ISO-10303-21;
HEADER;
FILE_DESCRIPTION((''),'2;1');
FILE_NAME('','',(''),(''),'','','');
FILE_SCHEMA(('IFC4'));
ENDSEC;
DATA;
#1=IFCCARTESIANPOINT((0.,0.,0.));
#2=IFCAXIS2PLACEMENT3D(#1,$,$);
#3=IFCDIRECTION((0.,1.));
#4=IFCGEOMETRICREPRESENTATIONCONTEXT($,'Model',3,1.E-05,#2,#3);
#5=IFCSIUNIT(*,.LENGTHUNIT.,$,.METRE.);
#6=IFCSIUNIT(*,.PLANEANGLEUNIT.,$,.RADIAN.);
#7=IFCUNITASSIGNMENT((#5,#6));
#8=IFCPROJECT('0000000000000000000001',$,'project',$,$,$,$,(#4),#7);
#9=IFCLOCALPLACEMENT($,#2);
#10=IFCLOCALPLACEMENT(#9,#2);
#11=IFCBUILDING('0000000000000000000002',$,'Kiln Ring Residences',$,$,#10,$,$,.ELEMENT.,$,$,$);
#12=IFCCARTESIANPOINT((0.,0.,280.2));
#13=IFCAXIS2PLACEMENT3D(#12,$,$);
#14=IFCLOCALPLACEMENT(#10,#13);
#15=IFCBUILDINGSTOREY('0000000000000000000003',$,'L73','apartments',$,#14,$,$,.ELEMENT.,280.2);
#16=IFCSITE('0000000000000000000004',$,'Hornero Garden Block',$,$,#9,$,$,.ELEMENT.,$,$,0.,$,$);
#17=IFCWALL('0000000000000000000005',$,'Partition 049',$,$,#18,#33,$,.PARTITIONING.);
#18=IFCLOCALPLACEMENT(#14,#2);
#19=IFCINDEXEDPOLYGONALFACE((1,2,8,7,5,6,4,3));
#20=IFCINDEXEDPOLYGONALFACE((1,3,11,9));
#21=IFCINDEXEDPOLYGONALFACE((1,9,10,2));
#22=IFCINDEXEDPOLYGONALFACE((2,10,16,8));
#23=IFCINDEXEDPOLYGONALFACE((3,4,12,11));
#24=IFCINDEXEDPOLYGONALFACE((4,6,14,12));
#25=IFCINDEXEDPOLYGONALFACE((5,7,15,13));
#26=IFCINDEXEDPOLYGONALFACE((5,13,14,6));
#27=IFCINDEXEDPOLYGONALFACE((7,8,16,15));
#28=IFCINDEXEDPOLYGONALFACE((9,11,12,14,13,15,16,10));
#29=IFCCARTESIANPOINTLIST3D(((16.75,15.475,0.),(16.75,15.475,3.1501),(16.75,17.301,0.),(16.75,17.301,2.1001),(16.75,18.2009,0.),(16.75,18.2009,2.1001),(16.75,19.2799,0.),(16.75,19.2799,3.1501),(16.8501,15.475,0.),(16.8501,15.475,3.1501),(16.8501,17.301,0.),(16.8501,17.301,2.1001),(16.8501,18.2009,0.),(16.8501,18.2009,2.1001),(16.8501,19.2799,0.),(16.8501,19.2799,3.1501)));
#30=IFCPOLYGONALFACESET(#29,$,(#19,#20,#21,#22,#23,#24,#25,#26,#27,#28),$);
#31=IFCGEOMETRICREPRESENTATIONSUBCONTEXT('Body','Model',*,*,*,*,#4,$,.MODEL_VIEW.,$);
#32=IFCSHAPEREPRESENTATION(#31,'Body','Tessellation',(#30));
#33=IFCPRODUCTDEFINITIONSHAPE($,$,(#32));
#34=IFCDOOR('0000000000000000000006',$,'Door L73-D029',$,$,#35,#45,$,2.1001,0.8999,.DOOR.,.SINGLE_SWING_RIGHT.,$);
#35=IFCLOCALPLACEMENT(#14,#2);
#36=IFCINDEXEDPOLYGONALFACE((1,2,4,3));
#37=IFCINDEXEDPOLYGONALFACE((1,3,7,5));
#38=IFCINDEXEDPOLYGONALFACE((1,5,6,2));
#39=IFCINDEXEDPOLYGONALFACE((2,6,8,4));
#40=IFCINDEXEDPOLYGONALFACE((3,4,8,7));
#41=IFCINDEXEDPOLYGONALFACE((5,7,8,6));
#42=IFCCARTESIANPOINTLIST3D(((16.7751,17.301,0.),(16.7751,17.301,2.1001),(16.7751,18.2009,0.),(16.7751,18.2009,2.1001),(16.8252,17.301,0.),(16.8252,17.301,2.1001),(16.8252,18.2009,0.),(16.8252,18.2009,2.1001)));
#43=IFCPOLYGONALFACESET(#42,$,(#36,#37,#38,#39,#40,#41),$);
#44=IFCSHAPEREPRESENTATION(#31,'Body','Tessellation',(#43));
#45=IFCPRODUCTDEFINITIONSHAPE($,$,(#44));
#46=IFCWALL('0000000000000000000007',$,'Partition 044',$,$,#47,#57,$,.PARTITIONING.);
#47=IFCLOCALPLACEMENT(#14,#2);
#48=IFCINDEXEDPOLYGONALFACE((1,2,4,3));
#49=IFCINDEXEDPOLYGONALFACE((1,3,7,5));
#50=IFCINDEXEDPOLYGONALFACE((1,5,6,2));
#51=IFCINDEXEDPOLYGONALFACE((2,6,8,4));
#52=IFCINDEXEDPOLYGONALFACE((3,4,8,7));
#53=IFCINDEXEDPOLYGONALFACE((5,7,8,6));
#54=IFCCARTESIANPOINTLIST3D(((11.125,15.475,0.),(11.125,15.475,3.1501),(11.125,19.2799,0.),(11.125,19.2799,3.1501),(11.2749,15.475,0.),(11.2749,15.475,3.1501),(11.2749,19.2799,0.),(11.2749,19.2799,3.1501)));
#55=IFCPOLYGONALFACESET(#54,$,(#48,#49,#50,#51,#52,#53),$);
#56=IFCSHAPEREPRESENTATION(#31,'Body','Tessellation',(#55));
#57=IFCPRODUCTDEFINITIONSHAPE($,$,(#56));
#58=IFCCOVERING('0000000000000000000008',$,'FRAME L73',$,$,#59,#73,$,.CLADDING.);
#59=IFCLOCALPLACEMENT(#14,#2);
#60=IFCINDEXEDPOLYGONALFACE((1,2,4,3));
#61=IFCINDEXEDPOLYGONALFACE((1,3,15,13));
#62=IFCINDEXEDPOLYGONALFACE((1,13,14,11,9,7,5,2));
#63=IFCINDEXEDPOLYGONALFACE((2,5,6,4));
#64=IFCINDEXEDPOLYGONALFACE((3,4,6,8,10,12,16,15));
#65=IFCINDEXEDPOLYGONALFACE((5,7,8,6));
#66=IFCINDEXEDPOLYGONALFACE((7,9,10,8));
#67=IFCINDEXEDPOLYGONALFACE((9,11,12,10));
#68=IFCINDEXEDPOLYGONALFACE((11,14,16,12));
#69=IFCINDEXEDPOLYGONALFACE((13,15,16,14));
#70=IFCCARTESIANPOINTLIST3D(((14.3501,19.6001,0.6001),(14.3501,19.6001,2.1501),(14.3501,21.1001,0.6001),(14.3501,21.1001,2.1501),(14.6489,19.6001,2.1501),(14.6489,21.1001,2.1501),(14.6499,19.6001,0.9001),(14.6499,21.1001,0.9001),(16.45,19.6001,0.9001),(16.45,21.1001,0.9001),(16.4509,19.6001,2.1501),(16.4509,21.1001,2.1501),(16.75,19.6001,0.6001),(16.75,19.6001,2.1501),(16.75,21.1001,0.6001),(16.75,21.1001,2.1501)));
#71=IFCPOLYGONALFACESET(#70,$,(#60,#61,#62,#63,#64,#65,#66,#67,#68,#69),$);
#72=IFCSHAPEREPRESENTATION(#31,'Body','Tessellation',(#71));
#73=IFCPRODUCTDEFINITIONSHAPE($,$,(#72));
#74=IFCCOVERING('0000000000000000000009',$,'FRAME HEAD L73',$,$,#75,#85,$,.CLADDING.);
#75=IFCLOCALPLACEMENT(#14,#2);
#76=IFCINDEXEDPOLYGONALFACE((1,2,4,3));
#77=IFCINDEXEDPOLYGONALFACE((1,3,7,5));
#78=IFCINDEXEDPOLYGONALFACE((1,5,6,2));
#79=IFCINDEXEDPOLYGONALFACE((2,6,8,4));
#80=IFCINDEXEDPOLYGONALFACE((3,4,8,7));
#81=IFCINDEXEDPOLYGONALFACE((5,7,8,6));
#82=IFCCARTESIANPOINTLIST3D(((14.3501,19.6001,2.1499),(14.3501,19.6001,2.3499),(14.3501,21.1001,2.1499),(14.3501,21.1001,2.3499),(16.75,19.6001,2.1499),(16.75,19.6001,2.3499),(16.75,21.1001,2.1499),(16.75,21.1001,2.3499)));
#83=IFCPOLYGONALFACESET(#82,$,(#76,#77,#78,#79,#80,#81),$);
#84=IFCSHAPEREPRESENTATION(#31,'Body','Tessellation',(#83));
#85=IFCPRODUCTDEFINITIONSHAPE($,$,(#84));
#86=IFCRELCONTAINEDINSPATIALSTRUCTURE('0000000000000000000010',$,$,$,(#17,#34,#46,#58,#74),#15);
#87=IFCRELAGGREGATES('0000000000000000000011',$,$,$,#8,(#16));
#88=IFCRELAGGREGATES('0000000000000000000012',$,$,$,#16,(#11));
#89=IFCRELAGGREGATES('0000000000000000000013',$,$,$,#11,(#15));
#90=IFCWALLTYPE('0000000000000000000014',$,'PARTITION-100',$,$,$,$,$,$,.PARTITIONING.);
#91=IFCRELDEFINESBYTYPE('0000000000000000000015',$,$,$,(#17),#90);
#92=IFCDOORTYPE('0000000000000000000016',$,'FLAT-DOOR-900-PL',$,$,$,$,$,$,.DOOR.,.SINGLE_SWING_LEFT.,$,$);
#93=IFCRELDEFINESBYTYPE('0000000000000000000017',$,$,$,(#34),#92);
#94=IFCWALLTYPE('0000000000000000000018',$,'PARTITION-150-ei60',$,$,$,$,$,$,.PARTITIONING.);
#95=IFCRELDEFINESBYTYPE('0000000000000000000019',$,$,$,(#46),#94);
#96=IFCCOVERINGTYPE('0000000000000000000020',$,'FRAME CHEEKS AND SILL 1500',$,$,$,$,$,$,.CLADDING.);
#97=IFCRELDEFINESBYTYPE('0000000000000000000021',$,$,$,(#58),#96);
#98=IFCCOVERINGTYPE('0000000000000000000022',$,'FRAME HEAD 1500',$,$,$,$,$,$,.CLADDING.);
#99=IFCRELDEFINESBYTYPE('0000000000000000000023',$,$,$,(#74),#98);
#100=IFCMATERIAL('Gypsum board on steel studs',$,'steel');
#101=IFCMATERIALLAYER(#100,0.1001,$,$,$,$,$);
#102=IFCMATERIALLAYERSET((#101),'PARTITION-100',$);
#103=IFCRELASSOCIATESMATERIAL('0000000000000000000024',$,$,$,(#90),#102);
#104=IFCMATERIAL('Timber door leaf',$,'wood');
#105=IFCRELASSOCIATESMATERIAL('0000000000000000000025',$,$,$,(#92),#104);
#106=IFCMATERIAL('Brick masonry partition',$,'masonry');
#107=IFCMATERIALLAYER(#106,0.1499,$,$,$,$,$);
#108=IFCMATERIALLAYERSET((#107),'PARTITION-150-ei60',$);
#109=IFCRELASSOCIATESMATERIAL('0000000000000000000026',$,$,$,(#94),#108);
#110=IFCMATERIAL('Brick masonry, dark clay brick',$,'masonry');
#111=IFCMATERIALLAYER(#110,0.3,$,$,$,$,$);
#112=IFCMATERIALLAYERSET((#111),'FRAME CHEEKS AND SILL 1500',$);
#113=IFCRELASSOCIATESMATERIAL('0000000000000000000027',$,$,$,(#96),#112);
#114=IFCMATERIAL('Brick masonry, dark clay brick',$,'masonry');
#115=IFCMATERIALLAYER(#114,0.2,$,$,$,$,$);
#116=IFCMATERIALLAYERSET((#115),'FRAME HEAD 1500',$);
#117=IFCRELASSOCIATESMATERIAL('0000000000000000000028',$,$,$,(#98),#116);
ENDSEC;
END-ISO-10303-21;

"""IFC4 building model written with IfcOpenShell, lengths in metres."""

from ifc_helpers import new_model, si_unit, direction, frame, frame_2d, origin, origin_2d, place, context, subcontext, project, spatial, polyline, rectangle, outline, extrude, material, layer, layer_set, type_object, element, fill, save


model = new_model("IFC4")

# Units and contexts
model_context = context("Model", 3, precision=1e-05, world=origin(), true_north=direction((0.0, 1.0)))
body_context = subcontext(model_context, "Body", "Model", "MODEL_VIEW")
ifc_project = project(units=[si_unit("LENGTHUNIT", "METRE"), si_unit("PLANEANGLEUNIT", "RADIAN")], contexts=[model_context])

# Site, building, storey
site_placement = place(None, origin())
site = spatial("IfcSite", under=ifc_project, at=site_placement, Name="Hornero Garden Block", CompositionType="ELEMENT", RefElevation=0.0)
building_placement = place(site_placement, origin())
building = spatial("IfcBuilding", under=site, at=building_placement, Name="Kiln Ring Residences", CompositionType="ELEMENT")
storey_placement = place(building_placement, frame((0.0, 0.0, 280.2)))
storey = spatial("IfcBuildingStorey", under=building, at=storey_placement, Name="L73", Description="apartments", CompositionType="ELEMENT", Elevation=280.2)

# Wall, opening, door
ifc_material_1 = material(Name="Gypsum board on steel studs", Category="steel")
ifc_layer_1 = layer(ifc_material_1, 0.1001)
ifc_layer_set_1 = layer_set([ifc_layer_1], Name="PARTITION-100")
wall_type_1 = type_object("IfcWallType", Name="PARTITION-100", PredefinedType="PARTITIONING", material=ifc_layer_set_1)
wall_1_placement = place(storey_placement, frame((16.8, 15.4751, 0.0), z_axis=(0.0, 0.0, 1.0), x_axis=(0.0, 1.0, 0.0)))
wall_1 = element("IfcWall", 1, at=wall_1_placement, inside=storey, type_object=wall_type_1, Name="Partition 049", PredefinedType="PARTITIONING", context=body_context, shape_type="SweptSolid", body=[
    extrude(rectangle(XDim=3.8049, YDim=0.1001, at=frame_2d((1.9023, 0.0))), origin(), (0.0, 0.0, 1.0), 3.1501),
])
opening_1_placement = place(wall_1_placement, frame((1.8259, 0.0, 0.0)))
opening_1 = element("IfcOpeningElement", 2, at=opening_1_placement, cuts=wall_1, PredefinedType="OPENING", context=body_context, shape_type="SweptSolid", body=[
    extrude(rectangle(XDim=0.8999, YDim=2.1001, at=frame_2d((0.45, 1.05))), frame((0.0, 0.0601, 0.0), z_axis=(0.0, -1.0, 0.0), x_axis=(1.0, 0.0, 0.0)), (0.0, 0.0, 1.0), 0.1201),
])
ifc_material_2 = material(Name="Timber door leaf", Category="wood")
door_type_1 = type_object("IfcDoorType", Name="FLAT-DOOR-900-PL", OperationType="SINGLE_SWING_LEFT", PredefinedType="DOOR", material=ifc_material_2)
door_1_placement = place(opening_1_placement, origin())
door_1 = element("IfcDoor", 3, at=door_1_placement, inside=storey, type_object=door_type_1, Name="Door L73-D029", OperationType="SINGLE_SWING_RIGHT", OverallHeight=2.1001, OverallWidth=0.8999, PredefinedType="DOOR", context=body_context, shape_type="SweptSolid", body=[
    extrude(rectangle(XDim=0.8999, YDim=2.1001, at=frame_2d((0.45, 1.05))), frame((0.0, 0.0249, 0.0), z_axis=(0.0, -1.0, 0.0), x_axis=(1.0, 0.0, 0.0)), (0.0, 0.0, 1.0), 0.05),
])
fill(opening_1, door_1)

# Wall
ifc_material_3 = material(Name="Brick masonry partition", Category="masonry")
ifc_layer_2 = layer(ifc_material_3, 0.1499)
ifc_layer_set_2 = layer_set([ifc_layer_2], Name="PARTITION-150-ei60")
wall_type_2 = type_object("IfcWallType", Name="PARTITION-150-ei60", PredefinedType="PARTITIONING", material=ifc_layer_set_2)
wall_2_placement = place(storey_placement, frame((11.2, 15.4751, 0.0), z_axis=(0.0, 0.0, 1.0), x_axis=(0.0, 1.0, 0.0)))
element("IfcWall", 4, at=wall_2_placement, inside=storey, type_object=wall_type_2, Name="Partition 044", PredefinedType="PARTITIONING", context=body_context, shape_type="SweptSolid", body=[
    extrude(rectangle(XDim=3.8049, YDim=0.1499, at=frame_2d((1.9023, 0.0))), origin(), (0.0, 0.0, 1.0), 3.1501),
])

# Coverings
ifc_material_4 = material(Name="Brick masonry, dark clay brick", Category="masonry")
ifc_layer_3 = layer(ifc_material_4, 0.3)
ifc_layer_set_3 = layer_set([ifc_layer_3], Name="FRAME CHEEKS AND SILL 1500")
covering_type_1 = type_object("IfcCoveringType", Name="FRAME CHEEKS AND SILL 1500", PredefinedType="CLADDING", material=ifc_layer_set_3)
covering_1_placement = place(storey_placement, frame((16.75, 20.3501, 0.6001), z_axis=(0.0, 0.0, 1.0), x_axis=(-1.0, 0.0, 0.0)))
element("IfcCovering", 5, at=covering_1_placement, inside=storey, type_object=covering_type_1, Name="FRAME L73", PredefinedType="CLADDING", context=body_context, shape_type="SweptSolid", body=[
    extrude(outline(polyline([(0.0, 0.0), (2.3999, 0.0), (2.3999, 1.55), (2.1011, 1.55), (2.1001, 0.3), (0.3, 0.3), (0.2991, 1.55), (0.0, 1.55), (0.0, 0.0)])), frame((0.0, 0.75, 0.0), z_axis=(0.0, -1.0, 0.0), x_axis=(1.0, 0.0, 0.0)), (0.0, 0.0, 1.0), 1.5),
])
ifc_material_5 = material(Name="Brick masonry, dark clay brick", Category="masonry")
ifc_layer_4 = layer(ifc_material_5, 0.2)
ifc_layer_set_4 = layer_set([ifc_layer_4], Name="FRAME HEAD 1500")
covering_type_2 = type_object("IfcCoveringType", Name="FRAME HEAD 1500", PredefinedType="CLADDING", material=ifc_layer_set_4)
covering_2_placement = place(storey_placement, frame((15.55, 20.3501, 2.1499), z_axis=(0.0, 0.0, 1.0), x_axis=(-1.0, 0.0, 0.0)))
element("IfcCovering", 6, at=covering_2_placement, inside=storey, type_object=covering_type_2, Name="FRAME HEAD L73", PredefinedType="CLADDING", context=body_context, shape_type="SweptSolid", body=[
    extrude(rectangle(XDim=2.3999, YDim=1.5, at=origin_2d()), origin(), (0.0, 0.0, 1.0), 0.2),
])

save(model, "model.ifc")
